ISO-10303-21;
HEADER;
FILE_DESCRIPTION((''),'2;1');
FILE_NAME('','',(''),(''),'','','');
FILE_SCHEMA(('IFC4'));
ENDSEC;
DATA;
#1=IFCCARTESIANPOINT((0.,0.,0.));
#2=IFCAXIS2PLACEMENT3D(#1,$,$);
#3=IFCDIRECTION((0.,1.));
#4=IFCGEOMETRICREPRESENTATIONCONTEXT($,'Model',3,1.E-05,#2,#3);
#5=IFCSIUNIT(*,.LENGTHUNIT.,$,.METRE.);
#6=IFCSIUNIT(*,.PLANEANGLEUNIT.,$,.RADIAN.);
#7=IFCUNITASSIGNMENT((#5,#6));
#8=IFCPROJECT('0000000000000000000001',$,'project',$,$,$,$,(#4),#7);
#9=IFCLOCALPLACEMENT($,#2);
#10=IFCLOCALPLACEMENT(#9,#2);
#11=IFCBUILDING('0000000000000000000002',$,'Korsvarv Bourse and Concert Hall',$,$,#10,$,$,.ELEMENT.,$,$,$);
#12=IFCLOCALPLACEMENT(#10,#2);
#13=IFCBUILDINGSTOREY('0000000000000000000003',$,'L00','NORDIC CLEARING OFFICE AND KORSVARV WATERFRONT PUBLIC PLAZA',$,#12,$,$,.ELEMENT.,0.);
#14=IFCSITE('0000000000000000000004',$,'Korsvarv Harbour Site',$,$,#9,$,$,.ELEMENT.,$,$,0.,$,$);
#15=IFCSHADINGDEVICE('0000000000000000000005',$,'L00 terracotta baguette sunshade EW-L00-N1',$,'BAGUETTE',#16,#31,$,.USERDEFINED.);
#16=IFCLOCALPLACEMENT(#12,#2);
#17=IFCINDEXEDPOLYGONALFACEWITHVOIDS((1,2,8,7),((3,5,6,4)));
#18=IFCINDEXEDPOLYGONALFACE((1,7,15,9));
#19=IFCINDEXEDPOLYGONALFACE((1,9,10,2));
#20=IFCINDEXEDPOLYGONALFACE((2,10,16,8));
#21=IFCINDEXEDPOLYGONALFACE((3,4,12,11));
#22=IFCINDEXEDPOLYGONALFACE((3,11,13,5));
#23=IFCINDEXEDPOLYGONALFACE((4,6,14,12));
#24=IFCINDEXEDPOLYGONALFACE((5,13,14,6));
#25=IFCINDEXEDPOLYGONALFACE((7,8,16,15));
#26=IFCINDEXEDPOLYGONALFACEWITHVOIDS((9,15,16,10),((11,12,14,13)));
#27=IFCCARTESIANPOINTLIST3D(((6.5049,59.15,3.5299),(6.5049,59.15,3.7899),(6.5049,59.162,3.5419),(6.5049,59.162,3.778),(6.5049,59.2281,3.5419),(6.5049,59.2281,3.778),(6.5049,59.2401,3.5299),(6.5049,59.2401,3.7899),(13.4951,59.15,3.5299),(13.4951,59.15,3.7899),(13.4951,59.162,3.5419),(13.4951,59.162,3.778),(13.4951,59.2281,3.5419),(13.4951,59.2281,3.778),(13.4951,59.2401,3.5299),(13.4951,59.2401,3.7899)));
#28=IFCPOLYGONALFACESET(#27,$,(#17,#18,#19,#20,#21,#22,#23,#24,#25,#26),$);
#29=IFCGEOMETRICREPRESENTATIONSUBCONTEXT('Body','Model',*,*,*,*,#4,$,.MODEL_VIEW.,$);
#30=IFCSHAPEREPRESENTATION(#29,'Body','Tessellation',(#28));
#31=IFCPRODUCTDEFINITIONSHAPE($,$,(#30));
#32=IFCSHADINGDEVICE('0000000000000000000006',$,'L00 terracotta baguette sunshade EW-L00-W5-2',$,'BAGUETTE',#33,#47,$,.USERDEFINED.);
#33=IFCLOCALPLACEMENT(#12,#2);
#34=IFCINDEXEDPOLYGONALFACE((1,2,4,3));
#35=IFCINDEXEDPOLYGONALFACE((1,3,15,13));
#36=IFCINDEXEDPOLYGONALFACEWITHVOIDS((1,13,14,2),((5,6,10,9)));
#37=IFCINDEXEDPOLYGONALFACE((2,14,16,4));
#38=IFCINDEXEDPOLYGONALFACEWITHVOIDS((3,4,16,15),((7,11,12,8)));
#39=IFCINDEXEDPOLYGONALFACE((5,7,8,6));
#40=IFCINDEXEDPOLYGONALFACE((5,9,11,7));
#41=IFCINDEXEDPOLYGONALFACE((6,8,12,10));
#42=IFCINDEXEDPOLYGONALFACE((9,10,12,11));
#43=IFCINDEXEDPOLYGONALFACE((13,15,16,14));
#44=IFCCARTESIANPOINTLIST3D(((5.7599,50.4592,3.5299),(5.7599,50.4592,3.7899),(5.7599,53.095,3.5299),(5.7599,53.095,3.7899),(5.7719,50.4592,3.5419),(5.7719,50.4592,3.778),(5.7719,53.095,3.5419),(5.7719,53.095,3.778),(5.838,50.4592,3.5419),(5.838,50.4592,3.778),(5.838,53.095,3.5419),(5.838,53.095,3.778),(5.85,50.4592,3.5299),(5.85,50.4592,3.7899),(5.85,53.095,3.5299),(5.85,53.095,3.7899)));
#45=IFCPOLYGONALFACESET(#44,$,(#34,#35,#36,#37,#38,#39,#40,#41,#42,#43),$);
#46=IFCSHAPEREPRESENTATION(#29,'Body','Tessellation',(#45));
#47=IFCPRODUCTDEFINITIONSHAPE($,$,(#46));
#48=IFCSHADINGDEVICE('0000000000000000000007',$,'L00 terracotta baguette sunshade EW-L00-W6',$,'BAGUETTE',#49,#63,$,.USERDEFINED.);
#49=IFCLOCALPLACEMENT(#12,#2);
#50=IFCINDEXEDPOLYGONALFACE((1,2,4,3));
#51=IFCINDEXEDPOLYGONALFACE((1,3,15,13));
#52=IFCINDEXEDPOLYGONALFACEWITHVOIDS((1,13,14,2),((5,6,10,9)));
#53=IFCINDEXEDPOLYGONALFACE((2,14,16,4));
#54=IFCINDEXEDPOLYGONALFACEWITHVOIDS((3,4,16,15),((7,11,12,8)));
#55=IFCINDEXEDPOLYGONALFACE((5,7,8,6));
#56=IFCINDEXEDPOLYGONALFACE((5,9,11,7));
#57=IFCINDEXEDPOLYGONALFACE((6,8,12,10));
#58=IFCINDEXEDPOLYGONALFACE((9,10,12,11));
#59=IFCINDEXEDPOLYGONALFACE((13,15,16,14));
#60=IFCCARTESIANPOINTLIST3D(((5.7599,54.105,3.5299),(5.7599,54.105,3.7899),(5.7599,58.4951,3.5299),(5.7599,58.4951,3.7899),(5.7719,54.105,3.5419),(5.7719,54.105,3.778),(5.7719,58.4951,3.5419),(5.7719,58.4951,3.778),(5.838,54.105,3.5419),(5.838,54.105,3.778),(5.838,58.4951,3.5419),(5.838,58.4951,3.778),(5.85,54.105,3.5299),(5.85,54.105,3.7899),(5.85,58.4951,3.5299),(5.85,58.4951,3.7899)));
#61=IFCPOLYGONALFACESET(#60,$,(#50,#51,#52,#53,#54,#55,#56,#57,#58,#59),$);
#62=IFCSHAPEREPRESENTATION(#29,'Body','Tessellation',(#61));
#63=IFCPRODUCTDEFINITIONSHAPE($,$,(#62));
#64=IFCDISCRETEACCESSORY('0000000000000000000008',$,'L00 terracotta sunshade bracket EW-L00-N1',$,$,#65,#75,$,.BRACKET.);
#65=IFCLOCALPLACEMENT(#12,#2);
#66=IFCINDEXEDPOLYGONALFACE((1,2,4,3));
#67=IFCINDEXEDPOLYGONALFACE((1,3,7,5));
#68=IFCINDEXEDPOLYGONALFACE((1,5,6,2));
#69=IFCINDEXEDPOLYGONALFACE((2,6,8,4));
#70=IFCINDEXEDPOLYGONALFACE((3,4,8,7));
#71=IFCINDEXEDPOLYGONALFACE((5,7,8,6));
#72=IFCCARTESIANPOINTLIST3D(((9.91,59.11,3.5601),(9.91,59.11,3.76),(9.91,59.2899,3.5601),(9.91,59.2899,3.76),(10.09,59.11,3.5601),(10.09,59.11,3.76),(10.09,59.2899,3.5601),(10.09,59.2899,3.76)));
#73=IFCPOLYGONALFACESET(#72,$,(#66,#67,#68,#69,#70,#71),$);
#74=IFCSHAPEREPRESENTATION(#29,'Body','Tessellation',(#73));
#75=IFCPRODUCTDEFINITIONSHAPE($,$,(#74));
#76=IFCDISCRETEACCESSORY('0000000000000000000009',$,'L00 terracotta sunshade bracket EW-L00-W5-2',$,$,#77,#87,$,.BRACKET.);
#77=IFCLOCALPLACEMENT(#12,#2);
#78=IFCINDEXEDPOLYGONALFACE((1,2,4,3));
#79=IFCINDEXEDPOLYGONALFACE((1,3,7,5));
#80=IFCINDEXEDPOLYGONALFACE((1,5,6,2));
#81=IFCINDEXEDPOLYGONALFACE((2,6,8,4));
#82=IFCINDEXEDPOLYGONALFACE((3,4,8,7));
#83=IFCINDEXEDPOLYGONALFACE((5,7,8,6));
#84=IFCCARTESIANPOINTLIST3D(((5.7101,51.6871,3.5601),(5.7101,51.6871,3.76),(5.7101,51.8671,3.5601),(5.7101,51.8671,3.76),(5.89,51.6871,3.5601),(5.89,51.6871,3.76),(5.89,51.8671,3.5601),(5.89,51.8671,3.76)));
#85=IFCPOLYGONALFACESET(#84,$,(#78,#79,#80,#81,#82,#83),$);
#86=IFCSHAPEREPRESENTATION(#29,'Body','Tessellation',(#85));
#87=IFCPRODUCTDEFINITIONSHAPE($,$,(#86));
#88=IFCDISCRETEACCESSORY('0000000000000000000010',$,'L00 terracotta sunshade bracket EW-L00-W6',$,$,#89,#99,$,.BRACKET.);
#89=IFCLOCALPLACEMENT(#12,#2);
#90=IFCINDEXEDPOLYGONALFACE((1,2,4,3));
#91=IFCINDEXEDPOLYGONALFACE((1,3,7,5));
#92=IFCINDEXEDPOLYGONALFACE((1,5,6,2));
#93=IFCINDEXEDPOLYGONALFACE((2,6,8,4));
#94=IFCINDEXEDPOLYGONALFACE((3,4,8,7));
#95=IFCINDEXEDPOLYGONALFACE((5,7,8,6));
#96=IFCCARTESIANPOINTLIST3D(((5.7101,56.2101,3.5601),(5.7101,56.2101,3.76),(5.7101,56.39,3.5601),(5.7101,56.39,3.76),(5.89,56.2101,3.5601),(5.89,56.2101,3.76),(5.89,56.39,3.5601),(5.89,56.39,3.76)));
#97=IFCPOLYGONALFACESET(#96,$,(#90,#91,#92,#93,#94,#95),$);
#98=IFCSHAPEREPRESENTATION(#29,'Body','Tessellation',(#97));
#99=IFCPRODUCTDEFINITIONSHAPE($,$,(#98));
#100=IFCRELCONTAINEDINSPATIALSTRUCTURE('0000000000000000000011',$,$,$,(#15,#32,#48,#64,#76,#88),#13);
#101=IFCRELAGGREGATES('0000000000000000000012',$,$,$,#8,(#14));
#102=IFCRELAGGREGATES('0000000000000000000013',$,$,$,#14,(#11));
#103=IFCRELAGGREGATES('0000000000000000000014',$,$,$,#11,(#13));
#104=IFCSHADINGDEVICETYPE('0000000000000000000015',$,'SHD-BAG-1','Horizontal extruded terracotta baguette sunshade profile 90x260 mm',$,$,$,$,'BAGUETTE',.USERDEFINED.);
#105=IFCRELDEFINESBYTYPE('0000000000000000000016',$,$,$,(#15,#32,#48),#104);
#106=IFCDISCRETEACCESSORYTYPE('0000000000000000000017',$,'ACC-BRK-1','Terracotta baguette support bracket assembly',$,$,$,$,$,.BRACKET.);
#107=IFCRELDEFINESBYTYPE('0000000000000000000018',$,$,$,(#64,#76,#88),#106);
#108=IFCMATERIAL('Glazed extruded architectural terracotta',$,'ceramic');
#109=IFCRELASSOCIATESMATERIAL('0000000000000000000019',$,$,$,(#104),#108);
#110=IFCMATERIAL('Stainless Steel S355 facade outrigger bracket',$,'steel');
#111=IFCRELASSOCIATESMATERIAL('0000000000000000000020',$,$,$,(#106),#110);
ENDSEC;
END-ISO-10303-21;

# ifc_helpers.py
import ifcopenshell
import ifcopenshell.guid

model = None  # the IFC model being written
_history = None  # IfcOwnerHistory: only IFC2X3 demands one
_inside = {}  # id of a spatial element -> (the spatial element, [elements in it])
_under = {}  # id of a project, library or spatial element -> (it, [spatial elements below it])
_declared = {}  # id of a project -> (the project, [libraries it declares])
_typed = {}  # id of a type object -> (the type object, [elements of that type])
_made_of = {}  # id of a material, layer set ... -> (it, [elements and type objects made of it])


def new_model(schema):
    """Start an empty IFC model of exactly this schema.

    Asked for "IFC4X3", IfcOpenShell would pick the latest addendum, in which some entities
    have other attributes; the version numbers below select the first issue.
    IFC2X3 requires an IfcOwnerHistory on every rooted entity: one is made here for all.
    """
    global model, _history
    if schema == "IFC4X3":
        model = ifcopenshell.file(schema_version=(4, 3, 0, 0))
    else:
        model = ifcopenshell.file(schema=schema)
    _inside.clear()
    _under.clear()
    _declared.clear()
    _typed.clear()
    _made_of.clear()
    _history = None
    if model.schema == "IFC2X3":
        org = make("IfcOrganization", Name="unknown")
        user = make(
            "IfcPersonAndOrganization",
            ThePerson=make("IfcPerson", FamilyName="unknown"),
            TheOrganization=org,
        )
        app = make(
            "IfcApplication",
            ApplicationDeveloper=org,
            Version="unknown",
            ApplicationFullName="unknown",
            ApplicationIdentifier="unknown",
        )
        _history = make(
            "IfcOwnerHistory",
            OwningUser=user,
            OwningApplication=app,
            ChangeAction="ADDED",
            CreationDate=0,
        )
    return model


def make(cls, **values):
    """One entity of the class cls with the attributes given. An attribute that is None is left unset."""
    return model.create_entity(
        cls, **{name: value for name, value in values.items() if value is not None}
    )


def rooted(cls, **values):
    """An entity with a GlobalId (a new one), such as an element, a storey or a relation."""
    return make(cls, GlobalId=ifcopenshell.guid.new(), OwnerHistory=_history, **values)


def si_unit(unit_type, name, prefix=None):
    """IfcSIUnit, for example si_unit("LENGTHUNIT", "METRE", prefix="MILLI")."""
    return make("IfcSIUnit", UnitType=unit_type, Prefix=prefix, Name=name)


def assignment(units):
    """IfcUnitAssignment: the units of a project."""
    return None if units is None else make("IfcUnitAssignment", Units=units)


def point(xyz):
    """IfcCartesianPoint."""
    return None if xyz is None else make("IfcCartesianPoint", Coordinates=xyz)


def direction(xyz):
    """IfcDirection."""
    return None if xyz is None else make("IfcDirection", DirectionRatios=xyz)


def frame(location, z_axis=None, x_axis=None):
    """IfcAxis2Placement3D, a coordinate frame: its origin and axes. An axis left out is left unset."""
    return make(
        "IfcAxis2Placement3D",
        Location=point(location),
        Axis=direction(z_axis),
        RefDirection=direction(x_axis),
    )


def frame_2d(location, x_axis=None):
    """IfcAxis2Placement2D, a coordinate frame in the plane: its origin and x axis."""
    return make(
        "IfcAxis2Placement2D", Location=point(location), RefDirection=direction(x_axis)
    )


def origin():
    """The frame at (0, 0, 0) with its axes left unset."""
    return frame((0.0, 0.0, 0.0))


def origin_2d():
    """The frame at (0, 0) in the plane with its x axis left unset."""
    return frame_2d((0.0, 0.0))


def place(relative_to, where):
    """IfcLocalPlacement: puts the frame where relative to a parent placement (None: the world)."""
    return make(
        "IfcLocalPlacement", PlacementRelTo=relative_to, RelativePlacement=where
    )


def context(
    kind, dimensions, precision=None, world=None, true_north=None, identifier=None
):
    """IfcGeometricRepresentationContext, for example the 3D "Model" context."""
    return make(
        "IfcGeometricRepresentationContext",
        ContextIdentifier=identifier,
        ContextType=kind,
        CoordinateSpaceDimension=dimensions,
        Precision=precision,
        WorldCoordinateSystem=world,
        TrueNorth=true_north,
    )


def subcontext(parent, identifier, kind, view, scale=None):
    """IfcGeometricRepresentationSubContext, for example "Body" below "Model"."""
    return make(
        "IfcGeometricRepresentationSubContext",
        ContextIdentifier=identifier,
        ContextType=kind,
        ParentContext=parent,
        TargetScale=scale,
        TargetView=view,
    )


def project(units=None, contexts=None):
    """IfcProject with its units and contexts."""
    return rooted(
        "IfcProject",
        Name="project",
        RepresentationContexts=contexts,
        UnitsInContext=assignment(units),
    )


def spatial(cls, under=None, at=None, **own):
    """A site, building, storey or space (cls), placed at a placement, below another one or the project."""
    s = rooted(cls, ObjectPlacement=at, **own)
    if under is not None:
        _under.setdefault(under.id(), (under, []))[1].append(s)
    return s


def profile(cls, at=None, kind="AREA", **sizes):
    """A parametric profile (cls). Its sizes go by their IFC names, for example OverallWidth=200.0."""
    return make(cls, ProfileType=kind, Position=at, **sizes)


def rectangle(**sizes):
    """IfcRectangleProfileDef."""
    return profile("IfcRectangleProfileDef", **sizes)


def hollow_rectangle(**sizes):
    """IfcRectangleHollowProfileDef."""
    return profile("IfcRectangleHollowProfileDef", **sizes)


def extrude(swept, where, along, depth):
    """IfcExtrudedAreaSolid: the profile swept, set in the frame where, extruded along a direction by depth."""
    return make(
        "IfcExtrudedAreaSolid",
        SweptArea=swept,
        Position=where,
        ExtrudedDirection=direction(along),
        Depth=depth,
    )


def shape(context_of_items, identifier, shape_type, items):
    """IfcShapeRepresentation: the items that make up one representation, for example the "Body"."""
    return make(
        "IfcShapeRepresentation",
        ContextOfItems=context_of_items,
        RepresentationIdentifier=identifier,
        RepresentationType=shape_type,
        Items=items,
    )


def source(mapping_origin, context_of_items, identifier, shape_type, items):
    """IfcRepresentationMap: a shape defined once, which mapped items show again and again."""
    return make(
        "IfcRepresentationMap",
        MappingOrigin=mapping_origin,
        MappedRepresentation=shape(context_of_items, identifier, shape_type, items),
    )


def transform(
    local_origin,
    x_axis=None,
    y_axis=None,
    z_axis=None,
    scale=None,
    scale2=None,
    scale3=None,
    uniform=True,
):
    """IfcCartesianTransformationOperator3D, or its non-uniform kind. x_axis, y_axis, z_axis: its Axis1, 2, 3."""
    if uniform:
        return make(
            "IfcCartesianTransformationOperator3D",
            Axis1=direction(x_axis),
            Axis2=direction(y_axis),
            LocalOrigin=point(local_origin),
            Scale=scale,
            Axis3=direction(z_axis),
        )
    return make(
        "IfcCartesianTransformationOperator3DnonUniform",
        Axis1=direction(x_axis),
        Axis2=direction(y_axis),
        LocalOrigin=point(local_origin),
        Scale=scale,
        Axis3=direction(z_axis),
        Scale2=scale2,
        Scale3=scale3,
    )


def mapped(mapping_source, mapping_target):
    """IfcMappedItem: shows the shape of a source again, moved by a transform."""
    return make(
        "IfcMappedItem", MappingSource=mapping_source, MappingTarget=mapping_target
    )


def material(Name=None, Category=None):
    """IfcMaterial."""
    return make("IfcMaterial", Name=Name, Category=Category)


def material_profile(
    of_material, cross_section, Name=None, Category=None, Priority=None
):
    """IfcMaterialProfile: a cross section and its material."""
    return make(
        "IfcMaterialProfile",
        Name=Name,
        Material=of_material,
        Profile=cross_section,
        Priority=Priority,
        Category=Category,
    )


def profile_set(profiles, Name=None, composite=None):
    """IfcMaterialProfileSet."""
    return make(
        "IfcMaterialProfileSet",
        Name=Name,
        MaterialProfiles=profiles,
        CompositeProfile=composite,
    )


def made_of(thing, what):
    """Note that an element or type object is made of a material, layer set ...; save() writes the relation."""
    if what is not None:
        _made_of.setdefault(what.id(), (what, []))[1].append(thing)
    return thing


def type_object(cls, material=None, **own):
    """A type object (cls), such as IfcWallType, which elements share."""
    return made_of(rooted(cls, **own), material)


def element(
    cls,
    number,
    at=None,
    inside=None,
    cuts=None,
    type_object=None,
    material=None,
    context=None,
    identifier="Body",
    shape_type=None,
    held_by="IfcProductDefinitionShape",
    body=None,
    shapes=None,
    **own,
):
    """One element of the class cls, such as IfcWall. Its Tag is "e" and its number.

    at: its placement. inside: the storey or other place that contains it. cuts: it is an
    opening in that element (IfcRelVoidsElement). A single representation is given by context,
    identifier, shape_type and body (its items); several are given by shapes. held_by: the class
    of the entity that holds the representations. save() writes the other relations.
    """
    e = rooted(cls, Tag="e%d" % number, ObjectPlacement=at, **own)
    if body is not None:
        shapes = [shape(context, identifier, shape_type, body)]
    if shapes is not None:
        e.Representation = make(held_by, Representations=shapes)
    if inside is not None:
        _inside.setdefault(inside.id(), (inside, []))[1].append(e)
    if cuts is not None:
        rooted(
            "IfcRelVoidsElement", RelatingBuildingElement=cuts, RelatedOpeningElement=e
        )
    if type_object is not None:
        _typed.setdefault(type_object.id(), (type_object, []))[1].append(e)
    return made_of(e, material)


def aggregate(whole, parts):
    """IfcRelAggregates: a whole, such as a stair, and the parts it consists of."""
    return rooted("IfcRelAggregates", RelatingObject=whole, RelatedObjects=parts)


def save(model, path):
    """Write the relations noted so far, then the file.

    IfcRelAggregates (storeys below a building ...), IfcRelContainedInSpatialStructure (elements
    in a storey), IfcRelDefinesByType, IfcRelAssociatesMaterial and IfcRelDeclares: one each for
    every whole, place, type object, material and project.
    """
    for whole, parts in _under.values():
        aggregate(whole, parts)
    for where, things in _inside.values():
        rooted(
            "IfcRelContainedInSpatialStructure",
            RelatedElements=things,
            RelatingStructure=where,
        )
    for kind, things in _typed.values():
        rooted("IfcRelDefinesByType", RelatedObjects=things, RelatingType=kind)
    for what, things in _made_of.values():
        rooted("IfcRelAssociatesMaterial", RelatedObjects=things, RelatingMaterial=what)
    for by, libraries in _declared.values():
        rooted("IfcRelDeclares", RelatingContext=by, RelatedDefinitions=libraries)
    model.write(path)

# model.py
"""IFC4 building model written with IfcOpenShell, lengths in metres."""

from ifc_helpers import new_model, si_unit, direction, frame, origin, origin_2d, place, context, subcontext, project, spatial, rectangle, hollow_rectangle, extrude, source, transform, mapped, material, material_profile, profile_set, type_object, element, save


model = new_model("IFC4")

# Units and contexts
model_context = context("Model", 3, precision=1e-05, world=origin(), true_north=direction((0.0, 1.0)))
body_context = subcontext(model_context, "Body", "Model", "MODEL_VIEW")
ifc_project = project(units=[si_unit("LENGTHUNIT", "METRE"), si_unit("PLANEANGLEUNIT", "RADIAN")], contexts=[model_context])

# Site, building, storey
site_placement = place(None, origin())
site = spatial("IfcSite", under=ifc_project, at=site_placement, Name="Korsvarv Harbour Site", CompositionType="ELEMENT", RefElevation=0.0)
building_placement = place(site_placement, origin())
building = spatial("IfcBuilding", under=site, at=building_placement, Name="Korsvarv Bourse and Concert Hall", CompositionType="ELEMENT")
storey_placement = place(building_placement, origin())
storey = spatial("IfcBuildingStorey", under=building, at=storey_placement, Name="L00", Description="NORDIC CLEARING OFFICE AND KORSVARV WATERFRONT PUBLIC PLAZA", CompositionType="ELEMENT", Elevation=0.0)

# Shading devices
ifc_material_1 = material(Name="Glazed extruded architectural terracotta", Category="ceramic")
ifc_material_profile_1 = material_profile(ifc_material_1, hollow_rectangle(XDim=0.0901, YDim=0.26, WallThickness=0.012, at=origin_2d()), Name="TC-BAG 90x260")
ifc_profile_set_1 = profile_set([ifc_material_profile_1], Name="Glazed extruded architectural terracotta")
shading_device_type = type_object("IfcShadingDeviceType", Name="SHD-BAG-1", Description="Horizontal extruded terracotta baguette sunshade profile 90x260 mm", ElementType="BAGUETTE", PredefinedType="USERDEFINED", material=ifc_profile_set_1)
shared_shape_1 = source(origin(), body_context, "Body", "SweptSolid", [
    extrude(hollow_rectangle(XDim=0.0901, YDim=0.26, WallThickness=0.012, at=origin_2d()), origin(), (0.0, 0.0, 1.0), 6.9902),
])
shading_device_1_placement = place(storey_placement, frame((6.5049, 59.1951, 3.6599), z_axis=(1.0, 0.0, 0.0), x_axis=(0.0, 1.0, 0.0)))
element("IfcShadingDevice", 1, at=shading_device_1_placement, inside=storey, type_object=shading_device_type, Name="L00 terracotta baguette sunshade EW-L00-N1", ObjectType="BAGUETTE", PredefinedType="USERDEFINED", context=body_context, shape_type="MappedRepresentation", body=[
    mapped(shared_shape_1, transform((0.0, 0.0, 0.0), scale=1.0)),
])
shared_shape_2 = source(origin(), body_context, "Body", "SweptSolid", [
    extrude(hollow_rectangle(XDim=0.0901, YDim=0.26, WallThickness=0.012, at=origin_2d()), origin(), (0.0, 0.0, 1.0), 2.6357),
])
shading_device_2_placement = place(storey_placement, frame((5.8049, 50.4592, 3.6599), z_axis=(0.0, 1.0, 0.0), x_axis=(-1.0, 0.0, 0.0)))
element("IfcShadingDevice", 2, at=shading_device_2_placement, inside=storey, type_object=shading_device_type, Name="L00 terracotta baguette sunshade EW-L00-W5-2", ObjectType="BAGUETTE", PredefinedType="USERDEFINED", context=body_context, shape_type="MappedRepresentation", body=[
    mapped(shared_shape_2, transform((0.0, 0.0, 0.0), scale=1.0)),
])
shared_shape_3 = source(origin(), body_context, "Body", "SweptSolid", [
    extrude(hollow_rectangle(XDim=0.0901, YDim=0.26, WallThickness=0.012, at=origin_2d()), origin(), (0.0, 0.0, 1.0), 4.3901),
])
shading_device_3_placement = place(storey_placement, frame((5.8049, 54.105, 3.6599), z_axis=(0.0, 1.0, 0.0), x_axis=(-1.0, 0.0, 0.0)))
element("IfcShadingDevice", 3, at=shading_device_3_placement, inside=storey, type_object=shading_device_type, Name="L00 terracotta baguette sunshade EW-L00-W6", ObjectType="BAGUETTE", PredefinedType="USERDEFINED", context=body_context, shape_type="MappedRepresentation", body=[
    mapped(shared_shape_3, transform((0.0, 0.0, 0.0), scale=1.0)),
])

# Discrete accessories
ifc_material_2 = material(Name="Stainless Steel S355 facade outrigger bracket", Category="steel")
discrete_accessory_type = type_object("IfcDiscreteAccessoryType", Name="ACC-BRK-1", Description="Terracotta baguette support bracket assembly", PredefinedType="BRACKET", material=ifc_material_2)
shared_shape_4 = source(origin(), body_context, "Body", "SweptSolid", [
    extrude(rectangle(XDim=0.1799, YDim=0.1799, at=origin_2d()), origin(), (0.0, 0.0, 1.0), 0.2),
])
for number, where, z_axis, x_axis, name in (
    (4, (10.0, 59.2, 3.5601), (0.0, 0.0, 1.0), (1.0, 0.0, 0.0), "L00 terracotta sunshade bracket EW-L00-N1"),
    (5, (5.8, 51.7771, 3.5601), (0.0, 0.0, 1.0), (0.0, 1.0, 0.0), "L00 terracotta sunshade bracket EW-L00-W5-2"),
    (6, (5.8, 56.3, 3.5601), (0.0, 0.0, 1.0), (0.0, 1.0, 0.0), "L00 terracotta sunshade bracket EW-L00-W6"),
):
    element("IfcDiscreteAccessory", number, at=place(storey_placement, frame(where, z_axis=z_axis, x_axis=x_axis)), inside=storey, type_object=discrete_accessory_type, Name=name, PredefinedType="BRACKET", context=body_context, shape_type="MappedRepresentation", body=[
        mapped(shared_shape_4, transform((0.0, 0.0, 0.0), scale=1.0)),
    ])

save(model, "model.ifc")
